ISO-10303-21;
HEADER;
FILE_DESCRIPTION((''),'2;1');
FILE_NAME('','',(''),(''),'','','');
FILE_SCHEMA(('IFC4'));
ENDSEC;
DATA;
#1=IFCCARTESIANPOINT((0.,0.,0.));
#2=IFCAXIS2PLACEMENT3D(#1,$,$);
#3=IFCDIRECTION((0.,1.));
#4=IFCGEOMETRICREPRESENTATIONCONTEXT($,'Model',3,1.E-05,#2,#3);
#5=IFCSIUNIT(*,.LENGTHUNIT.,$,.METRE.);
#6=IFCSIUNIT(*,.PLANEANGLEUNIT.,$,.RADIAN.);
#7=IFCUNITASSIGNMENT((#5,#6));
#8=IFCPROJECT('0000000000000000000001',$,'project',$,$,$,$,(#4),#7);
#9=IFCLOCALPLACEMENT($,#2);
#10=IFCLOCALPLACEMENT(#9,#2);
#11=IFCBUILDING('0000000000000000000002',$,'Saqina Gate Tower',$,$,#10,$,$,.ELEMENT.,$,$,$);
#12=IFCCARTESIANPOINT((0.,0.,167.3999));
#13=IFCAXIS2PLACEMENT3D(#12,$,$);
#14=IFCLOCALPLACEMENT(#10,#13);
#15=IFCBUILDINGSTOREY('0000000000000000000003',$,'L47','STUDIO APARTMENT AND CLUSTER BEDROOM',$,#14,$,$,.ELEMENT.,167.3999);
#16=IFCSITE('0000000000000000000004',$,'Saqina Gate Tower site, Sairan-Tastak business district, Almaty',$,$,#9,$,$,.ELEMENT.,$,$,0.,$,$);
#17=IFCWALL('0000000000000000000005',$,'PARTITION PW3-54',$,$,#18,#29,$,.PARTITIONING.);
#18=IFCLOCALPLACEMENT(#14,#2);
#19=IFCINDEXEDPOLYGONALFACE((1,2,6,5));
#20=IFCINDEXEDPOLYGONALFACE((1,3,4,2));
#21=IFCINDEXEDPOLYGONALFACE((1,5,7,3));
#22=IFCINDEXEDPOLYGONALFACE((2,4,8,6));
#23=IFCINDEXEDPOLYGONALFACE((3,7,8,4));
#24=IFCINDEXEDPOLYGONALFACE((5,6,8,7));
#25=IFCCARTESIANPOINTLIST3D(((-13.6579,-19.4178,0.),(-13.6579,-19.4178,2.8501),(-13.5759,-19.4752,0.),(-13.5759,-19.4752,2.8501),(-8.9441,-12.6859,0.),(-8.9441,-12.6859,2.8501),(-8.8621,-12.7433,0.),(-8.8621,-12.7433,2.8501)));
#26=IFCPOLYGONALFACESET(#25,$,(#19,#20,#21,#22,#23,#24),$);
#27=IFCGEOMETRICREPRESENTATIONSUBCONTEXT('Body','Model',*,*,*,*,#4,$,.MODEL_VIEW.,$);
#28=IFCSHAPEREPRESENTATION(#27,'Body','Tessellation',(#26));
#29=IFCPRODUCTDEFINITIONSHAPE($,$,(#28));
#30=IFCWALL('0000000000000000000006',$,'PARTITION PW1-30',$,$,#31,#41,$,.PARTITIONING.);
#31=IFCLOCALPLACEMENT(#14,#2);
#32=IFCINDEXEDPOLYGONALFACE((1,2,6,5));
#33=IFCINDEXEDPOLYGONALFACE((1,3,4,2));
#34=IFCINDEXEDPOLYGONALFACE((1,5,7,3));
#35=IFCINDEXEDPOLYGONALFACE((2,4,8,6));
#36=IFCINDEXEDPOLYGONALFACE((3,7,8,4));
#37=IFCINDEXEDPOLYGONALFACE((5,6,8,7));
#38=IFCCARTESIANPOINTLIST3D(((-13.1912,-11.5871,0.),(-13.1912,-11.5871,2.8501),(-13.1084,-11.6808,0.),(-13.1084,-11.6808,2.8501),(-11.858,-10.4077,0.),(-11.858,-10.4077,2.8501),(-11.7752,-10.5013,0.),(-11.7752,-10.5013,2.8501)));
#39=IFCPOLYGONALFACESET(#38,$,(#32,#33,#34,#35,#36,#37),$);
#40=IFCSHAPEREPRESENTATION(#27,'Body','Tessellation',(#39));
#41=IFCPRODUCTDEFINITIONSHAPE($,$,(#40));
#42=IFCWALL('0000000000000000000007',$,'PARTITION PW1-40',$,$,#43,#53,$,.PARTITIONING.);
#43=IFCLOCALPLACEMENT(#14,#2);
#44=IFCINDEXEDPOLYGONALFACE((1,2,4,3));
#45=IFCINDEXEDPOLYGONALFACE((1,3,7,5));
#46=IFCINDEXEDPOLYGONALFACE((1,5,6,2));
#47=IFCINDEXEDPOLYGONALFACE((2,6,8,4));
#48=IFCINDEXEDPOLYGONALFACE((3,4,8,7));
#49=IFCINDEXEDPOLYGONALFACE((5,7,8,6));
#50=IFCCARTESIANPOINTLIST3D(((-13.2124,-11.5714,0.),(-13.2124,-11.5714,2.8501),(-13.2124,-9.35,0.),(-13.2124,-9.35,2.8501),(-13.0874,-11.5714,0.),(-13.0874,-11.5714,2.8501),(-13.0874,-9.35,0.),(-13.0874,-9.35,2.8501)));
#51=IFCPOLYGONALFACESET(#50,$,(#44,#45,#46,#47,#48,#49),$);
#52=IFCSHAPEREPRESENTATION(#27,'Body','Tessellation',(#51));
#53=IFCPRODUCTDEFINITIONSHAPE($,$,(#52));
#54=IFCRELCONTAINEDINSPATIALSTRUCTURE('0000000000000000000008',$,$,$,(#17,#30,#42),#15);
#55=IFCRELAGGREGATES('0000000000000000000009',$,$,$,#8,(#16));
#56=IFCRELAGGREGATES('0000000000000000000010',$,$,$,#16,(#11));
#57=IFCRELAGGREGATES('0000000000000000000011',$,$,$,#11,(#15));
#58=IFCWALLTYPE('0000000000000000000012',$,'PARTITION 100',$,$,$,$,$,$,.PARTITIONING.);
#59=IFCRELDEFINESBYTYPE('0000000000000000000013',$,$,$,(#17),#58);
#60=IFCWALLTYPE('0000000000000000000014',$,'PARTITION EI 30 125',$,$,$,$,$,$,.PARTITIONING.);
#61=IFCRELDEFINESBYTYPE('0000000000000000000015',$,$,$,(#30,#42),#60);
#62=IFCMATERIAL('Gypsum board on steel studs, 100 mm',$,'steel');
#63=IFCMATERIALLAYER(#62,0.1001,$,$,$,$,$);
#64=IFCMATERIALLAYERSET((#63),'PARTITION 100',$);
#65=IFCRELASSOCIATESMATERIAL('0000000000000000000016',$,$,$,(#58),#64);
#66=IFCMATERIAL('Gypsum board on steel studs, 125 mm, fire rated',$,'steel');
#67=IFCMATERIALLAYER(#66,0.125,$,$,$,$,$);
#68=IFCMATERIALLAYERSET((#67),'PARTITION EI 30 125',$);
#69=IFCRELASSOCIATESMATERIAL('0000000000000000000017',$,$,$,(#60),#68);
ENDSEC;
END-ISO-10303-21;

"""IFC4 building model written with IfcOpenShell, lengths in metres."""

from ifc_helpers import new_model, si_unit, direction, frame, frame_2d, origin, place, context, subcontext, project, spatial, rectangle, extrude, material, layer, layer_set, type_object, element, save


model = new_model("IFC4")

# Units and contexts
model_context = context("Model", 3, precision=1e-05, world=origin(), true_north=direction((0.0, 1.0)))
body_context = subcontext(model_context, "Body", "Model", "MODEL_VIEW")
ifc_project = project(units=[si_unit("LENGTHUNIT", "METRE"), si_unit("PLANEANGLEUNIT", "RADIAN")], contexts=[model_context])

# Site, building, storey
site_placement = place(None, origin())
site = spatial("IfcSite", under=ifc_project, at=site_placement, Name="Saqina Gate Tower site, Sairan-Tastak business district, Almaty", CompositionType="ELEMENT", RefElevation=0.0)
building_placement = place(site_placement, origin())
building = spatial("IfcBuilding", under=site, at=building_placement, Name="Saqina Gate Tower", CompositionType="ELEMENT")
storey_placement = place(building_placement, frame((0.0, 0.0, 167.3999)))
storey = spatial("IfcBuildingStorey", under=building, at=storey_placement, Name="L47", Description="STUDIO APARTMENT AND CLUSTER BEDROOM", CompositionType="ELEMENT", Elevation=167.3999)

# Shared definitions
ifc_material_1 = material(Name="Gypsum board on steel studs, 100 mm", Category="steel")
ifc_layer_1 = layer(ifc_material_1, 0.1001)
ifc_layer_set_1 = layer_set([ifc_layer_1], Name="PARTITION 100")
wall_type_1 = type_object("IfcWallType", Name="PARTITION 100", PredefinedType="PARTITIONING", material=ifc_layer_set_1)

# Walls
wall_1_placement = place(storey_placement, frame((-13.6169, -19.4465, 0.0), z_axis=(0.0, 0.0, 1.0), x_axis=(0.573586, 0.819145, 0.0)))
element("IfcWall", 1, at=wall_1_placement, inside=storey, type_object=wall_type_1, Name="PARTITION PW3-54", PredefinedType="PARTITIONING", context=body_context, shape_type="SweptSolid", body=[
    extrude(rectangle(XDim=8.2183, YDim=0.1001, at=frame_2d((4.1091, 0.0))), origin(), (0.0, 0.0, 1.0), 2.8501),
])
ifc_material_2 = material(Name="Gypsum board on steel studs, 125 mm, fire rated", Category="steel")
ifc_layer_2 = layer(ifc_material_2, 0.125)
ifc_layer_set_2 = layer_set([ifc_layer_2], Name="PARTITION EI 30 125")
wall_type_2 = type_object("IfcWallType", Name="PARTITION EI 30 125", PredefinedType="PARTITIONING", material=ifc_layer_set_2)
wall_2_placement = place(storey_placement, frame((-13.1499, -11.634, 0.0), z_axis=(0.0, 0.0, 1.0), x_axis=(0.748989, 0.662583, 0.0)))
element("IfcWall", 2, at=wall_2_placement, inside=storey, type_object=wall_type_2, Name="PARTITION PW1-30", PredefinedType="PARTITIONING", context=body_context, shape_type="SweptSolid", body=[
    extrude(rectangle(XDim=1.78, YDim=0.125, at=frame_2d((0.8901, 0.0))), origin(), (0.0, 0.0, 1.0), 2.8501),
])
wall_3_placement = place(storey_placement, frame((-13.1499, -11.5715, 0.0), z_axis=(0.0, 0.0, 1.0), x_axis=(0.0, 1.0, 0.0)))
element("IfcWall", 3, at=wall_3_placement, inside=storey, type_object=wall_type_2, Name="PARTITION PW1-40", PredefinedType="PARTITIONING", context=body_context, shape_type="SweptSolid", body=[
    extrude(rectangle(XDim=2.2214, YDim=0.125, at=frame_2d((1.1108, 0.0))), origin(), (0.0, 0.0, 1.0), 2.8501),
])

save(model, "model.ifc")
